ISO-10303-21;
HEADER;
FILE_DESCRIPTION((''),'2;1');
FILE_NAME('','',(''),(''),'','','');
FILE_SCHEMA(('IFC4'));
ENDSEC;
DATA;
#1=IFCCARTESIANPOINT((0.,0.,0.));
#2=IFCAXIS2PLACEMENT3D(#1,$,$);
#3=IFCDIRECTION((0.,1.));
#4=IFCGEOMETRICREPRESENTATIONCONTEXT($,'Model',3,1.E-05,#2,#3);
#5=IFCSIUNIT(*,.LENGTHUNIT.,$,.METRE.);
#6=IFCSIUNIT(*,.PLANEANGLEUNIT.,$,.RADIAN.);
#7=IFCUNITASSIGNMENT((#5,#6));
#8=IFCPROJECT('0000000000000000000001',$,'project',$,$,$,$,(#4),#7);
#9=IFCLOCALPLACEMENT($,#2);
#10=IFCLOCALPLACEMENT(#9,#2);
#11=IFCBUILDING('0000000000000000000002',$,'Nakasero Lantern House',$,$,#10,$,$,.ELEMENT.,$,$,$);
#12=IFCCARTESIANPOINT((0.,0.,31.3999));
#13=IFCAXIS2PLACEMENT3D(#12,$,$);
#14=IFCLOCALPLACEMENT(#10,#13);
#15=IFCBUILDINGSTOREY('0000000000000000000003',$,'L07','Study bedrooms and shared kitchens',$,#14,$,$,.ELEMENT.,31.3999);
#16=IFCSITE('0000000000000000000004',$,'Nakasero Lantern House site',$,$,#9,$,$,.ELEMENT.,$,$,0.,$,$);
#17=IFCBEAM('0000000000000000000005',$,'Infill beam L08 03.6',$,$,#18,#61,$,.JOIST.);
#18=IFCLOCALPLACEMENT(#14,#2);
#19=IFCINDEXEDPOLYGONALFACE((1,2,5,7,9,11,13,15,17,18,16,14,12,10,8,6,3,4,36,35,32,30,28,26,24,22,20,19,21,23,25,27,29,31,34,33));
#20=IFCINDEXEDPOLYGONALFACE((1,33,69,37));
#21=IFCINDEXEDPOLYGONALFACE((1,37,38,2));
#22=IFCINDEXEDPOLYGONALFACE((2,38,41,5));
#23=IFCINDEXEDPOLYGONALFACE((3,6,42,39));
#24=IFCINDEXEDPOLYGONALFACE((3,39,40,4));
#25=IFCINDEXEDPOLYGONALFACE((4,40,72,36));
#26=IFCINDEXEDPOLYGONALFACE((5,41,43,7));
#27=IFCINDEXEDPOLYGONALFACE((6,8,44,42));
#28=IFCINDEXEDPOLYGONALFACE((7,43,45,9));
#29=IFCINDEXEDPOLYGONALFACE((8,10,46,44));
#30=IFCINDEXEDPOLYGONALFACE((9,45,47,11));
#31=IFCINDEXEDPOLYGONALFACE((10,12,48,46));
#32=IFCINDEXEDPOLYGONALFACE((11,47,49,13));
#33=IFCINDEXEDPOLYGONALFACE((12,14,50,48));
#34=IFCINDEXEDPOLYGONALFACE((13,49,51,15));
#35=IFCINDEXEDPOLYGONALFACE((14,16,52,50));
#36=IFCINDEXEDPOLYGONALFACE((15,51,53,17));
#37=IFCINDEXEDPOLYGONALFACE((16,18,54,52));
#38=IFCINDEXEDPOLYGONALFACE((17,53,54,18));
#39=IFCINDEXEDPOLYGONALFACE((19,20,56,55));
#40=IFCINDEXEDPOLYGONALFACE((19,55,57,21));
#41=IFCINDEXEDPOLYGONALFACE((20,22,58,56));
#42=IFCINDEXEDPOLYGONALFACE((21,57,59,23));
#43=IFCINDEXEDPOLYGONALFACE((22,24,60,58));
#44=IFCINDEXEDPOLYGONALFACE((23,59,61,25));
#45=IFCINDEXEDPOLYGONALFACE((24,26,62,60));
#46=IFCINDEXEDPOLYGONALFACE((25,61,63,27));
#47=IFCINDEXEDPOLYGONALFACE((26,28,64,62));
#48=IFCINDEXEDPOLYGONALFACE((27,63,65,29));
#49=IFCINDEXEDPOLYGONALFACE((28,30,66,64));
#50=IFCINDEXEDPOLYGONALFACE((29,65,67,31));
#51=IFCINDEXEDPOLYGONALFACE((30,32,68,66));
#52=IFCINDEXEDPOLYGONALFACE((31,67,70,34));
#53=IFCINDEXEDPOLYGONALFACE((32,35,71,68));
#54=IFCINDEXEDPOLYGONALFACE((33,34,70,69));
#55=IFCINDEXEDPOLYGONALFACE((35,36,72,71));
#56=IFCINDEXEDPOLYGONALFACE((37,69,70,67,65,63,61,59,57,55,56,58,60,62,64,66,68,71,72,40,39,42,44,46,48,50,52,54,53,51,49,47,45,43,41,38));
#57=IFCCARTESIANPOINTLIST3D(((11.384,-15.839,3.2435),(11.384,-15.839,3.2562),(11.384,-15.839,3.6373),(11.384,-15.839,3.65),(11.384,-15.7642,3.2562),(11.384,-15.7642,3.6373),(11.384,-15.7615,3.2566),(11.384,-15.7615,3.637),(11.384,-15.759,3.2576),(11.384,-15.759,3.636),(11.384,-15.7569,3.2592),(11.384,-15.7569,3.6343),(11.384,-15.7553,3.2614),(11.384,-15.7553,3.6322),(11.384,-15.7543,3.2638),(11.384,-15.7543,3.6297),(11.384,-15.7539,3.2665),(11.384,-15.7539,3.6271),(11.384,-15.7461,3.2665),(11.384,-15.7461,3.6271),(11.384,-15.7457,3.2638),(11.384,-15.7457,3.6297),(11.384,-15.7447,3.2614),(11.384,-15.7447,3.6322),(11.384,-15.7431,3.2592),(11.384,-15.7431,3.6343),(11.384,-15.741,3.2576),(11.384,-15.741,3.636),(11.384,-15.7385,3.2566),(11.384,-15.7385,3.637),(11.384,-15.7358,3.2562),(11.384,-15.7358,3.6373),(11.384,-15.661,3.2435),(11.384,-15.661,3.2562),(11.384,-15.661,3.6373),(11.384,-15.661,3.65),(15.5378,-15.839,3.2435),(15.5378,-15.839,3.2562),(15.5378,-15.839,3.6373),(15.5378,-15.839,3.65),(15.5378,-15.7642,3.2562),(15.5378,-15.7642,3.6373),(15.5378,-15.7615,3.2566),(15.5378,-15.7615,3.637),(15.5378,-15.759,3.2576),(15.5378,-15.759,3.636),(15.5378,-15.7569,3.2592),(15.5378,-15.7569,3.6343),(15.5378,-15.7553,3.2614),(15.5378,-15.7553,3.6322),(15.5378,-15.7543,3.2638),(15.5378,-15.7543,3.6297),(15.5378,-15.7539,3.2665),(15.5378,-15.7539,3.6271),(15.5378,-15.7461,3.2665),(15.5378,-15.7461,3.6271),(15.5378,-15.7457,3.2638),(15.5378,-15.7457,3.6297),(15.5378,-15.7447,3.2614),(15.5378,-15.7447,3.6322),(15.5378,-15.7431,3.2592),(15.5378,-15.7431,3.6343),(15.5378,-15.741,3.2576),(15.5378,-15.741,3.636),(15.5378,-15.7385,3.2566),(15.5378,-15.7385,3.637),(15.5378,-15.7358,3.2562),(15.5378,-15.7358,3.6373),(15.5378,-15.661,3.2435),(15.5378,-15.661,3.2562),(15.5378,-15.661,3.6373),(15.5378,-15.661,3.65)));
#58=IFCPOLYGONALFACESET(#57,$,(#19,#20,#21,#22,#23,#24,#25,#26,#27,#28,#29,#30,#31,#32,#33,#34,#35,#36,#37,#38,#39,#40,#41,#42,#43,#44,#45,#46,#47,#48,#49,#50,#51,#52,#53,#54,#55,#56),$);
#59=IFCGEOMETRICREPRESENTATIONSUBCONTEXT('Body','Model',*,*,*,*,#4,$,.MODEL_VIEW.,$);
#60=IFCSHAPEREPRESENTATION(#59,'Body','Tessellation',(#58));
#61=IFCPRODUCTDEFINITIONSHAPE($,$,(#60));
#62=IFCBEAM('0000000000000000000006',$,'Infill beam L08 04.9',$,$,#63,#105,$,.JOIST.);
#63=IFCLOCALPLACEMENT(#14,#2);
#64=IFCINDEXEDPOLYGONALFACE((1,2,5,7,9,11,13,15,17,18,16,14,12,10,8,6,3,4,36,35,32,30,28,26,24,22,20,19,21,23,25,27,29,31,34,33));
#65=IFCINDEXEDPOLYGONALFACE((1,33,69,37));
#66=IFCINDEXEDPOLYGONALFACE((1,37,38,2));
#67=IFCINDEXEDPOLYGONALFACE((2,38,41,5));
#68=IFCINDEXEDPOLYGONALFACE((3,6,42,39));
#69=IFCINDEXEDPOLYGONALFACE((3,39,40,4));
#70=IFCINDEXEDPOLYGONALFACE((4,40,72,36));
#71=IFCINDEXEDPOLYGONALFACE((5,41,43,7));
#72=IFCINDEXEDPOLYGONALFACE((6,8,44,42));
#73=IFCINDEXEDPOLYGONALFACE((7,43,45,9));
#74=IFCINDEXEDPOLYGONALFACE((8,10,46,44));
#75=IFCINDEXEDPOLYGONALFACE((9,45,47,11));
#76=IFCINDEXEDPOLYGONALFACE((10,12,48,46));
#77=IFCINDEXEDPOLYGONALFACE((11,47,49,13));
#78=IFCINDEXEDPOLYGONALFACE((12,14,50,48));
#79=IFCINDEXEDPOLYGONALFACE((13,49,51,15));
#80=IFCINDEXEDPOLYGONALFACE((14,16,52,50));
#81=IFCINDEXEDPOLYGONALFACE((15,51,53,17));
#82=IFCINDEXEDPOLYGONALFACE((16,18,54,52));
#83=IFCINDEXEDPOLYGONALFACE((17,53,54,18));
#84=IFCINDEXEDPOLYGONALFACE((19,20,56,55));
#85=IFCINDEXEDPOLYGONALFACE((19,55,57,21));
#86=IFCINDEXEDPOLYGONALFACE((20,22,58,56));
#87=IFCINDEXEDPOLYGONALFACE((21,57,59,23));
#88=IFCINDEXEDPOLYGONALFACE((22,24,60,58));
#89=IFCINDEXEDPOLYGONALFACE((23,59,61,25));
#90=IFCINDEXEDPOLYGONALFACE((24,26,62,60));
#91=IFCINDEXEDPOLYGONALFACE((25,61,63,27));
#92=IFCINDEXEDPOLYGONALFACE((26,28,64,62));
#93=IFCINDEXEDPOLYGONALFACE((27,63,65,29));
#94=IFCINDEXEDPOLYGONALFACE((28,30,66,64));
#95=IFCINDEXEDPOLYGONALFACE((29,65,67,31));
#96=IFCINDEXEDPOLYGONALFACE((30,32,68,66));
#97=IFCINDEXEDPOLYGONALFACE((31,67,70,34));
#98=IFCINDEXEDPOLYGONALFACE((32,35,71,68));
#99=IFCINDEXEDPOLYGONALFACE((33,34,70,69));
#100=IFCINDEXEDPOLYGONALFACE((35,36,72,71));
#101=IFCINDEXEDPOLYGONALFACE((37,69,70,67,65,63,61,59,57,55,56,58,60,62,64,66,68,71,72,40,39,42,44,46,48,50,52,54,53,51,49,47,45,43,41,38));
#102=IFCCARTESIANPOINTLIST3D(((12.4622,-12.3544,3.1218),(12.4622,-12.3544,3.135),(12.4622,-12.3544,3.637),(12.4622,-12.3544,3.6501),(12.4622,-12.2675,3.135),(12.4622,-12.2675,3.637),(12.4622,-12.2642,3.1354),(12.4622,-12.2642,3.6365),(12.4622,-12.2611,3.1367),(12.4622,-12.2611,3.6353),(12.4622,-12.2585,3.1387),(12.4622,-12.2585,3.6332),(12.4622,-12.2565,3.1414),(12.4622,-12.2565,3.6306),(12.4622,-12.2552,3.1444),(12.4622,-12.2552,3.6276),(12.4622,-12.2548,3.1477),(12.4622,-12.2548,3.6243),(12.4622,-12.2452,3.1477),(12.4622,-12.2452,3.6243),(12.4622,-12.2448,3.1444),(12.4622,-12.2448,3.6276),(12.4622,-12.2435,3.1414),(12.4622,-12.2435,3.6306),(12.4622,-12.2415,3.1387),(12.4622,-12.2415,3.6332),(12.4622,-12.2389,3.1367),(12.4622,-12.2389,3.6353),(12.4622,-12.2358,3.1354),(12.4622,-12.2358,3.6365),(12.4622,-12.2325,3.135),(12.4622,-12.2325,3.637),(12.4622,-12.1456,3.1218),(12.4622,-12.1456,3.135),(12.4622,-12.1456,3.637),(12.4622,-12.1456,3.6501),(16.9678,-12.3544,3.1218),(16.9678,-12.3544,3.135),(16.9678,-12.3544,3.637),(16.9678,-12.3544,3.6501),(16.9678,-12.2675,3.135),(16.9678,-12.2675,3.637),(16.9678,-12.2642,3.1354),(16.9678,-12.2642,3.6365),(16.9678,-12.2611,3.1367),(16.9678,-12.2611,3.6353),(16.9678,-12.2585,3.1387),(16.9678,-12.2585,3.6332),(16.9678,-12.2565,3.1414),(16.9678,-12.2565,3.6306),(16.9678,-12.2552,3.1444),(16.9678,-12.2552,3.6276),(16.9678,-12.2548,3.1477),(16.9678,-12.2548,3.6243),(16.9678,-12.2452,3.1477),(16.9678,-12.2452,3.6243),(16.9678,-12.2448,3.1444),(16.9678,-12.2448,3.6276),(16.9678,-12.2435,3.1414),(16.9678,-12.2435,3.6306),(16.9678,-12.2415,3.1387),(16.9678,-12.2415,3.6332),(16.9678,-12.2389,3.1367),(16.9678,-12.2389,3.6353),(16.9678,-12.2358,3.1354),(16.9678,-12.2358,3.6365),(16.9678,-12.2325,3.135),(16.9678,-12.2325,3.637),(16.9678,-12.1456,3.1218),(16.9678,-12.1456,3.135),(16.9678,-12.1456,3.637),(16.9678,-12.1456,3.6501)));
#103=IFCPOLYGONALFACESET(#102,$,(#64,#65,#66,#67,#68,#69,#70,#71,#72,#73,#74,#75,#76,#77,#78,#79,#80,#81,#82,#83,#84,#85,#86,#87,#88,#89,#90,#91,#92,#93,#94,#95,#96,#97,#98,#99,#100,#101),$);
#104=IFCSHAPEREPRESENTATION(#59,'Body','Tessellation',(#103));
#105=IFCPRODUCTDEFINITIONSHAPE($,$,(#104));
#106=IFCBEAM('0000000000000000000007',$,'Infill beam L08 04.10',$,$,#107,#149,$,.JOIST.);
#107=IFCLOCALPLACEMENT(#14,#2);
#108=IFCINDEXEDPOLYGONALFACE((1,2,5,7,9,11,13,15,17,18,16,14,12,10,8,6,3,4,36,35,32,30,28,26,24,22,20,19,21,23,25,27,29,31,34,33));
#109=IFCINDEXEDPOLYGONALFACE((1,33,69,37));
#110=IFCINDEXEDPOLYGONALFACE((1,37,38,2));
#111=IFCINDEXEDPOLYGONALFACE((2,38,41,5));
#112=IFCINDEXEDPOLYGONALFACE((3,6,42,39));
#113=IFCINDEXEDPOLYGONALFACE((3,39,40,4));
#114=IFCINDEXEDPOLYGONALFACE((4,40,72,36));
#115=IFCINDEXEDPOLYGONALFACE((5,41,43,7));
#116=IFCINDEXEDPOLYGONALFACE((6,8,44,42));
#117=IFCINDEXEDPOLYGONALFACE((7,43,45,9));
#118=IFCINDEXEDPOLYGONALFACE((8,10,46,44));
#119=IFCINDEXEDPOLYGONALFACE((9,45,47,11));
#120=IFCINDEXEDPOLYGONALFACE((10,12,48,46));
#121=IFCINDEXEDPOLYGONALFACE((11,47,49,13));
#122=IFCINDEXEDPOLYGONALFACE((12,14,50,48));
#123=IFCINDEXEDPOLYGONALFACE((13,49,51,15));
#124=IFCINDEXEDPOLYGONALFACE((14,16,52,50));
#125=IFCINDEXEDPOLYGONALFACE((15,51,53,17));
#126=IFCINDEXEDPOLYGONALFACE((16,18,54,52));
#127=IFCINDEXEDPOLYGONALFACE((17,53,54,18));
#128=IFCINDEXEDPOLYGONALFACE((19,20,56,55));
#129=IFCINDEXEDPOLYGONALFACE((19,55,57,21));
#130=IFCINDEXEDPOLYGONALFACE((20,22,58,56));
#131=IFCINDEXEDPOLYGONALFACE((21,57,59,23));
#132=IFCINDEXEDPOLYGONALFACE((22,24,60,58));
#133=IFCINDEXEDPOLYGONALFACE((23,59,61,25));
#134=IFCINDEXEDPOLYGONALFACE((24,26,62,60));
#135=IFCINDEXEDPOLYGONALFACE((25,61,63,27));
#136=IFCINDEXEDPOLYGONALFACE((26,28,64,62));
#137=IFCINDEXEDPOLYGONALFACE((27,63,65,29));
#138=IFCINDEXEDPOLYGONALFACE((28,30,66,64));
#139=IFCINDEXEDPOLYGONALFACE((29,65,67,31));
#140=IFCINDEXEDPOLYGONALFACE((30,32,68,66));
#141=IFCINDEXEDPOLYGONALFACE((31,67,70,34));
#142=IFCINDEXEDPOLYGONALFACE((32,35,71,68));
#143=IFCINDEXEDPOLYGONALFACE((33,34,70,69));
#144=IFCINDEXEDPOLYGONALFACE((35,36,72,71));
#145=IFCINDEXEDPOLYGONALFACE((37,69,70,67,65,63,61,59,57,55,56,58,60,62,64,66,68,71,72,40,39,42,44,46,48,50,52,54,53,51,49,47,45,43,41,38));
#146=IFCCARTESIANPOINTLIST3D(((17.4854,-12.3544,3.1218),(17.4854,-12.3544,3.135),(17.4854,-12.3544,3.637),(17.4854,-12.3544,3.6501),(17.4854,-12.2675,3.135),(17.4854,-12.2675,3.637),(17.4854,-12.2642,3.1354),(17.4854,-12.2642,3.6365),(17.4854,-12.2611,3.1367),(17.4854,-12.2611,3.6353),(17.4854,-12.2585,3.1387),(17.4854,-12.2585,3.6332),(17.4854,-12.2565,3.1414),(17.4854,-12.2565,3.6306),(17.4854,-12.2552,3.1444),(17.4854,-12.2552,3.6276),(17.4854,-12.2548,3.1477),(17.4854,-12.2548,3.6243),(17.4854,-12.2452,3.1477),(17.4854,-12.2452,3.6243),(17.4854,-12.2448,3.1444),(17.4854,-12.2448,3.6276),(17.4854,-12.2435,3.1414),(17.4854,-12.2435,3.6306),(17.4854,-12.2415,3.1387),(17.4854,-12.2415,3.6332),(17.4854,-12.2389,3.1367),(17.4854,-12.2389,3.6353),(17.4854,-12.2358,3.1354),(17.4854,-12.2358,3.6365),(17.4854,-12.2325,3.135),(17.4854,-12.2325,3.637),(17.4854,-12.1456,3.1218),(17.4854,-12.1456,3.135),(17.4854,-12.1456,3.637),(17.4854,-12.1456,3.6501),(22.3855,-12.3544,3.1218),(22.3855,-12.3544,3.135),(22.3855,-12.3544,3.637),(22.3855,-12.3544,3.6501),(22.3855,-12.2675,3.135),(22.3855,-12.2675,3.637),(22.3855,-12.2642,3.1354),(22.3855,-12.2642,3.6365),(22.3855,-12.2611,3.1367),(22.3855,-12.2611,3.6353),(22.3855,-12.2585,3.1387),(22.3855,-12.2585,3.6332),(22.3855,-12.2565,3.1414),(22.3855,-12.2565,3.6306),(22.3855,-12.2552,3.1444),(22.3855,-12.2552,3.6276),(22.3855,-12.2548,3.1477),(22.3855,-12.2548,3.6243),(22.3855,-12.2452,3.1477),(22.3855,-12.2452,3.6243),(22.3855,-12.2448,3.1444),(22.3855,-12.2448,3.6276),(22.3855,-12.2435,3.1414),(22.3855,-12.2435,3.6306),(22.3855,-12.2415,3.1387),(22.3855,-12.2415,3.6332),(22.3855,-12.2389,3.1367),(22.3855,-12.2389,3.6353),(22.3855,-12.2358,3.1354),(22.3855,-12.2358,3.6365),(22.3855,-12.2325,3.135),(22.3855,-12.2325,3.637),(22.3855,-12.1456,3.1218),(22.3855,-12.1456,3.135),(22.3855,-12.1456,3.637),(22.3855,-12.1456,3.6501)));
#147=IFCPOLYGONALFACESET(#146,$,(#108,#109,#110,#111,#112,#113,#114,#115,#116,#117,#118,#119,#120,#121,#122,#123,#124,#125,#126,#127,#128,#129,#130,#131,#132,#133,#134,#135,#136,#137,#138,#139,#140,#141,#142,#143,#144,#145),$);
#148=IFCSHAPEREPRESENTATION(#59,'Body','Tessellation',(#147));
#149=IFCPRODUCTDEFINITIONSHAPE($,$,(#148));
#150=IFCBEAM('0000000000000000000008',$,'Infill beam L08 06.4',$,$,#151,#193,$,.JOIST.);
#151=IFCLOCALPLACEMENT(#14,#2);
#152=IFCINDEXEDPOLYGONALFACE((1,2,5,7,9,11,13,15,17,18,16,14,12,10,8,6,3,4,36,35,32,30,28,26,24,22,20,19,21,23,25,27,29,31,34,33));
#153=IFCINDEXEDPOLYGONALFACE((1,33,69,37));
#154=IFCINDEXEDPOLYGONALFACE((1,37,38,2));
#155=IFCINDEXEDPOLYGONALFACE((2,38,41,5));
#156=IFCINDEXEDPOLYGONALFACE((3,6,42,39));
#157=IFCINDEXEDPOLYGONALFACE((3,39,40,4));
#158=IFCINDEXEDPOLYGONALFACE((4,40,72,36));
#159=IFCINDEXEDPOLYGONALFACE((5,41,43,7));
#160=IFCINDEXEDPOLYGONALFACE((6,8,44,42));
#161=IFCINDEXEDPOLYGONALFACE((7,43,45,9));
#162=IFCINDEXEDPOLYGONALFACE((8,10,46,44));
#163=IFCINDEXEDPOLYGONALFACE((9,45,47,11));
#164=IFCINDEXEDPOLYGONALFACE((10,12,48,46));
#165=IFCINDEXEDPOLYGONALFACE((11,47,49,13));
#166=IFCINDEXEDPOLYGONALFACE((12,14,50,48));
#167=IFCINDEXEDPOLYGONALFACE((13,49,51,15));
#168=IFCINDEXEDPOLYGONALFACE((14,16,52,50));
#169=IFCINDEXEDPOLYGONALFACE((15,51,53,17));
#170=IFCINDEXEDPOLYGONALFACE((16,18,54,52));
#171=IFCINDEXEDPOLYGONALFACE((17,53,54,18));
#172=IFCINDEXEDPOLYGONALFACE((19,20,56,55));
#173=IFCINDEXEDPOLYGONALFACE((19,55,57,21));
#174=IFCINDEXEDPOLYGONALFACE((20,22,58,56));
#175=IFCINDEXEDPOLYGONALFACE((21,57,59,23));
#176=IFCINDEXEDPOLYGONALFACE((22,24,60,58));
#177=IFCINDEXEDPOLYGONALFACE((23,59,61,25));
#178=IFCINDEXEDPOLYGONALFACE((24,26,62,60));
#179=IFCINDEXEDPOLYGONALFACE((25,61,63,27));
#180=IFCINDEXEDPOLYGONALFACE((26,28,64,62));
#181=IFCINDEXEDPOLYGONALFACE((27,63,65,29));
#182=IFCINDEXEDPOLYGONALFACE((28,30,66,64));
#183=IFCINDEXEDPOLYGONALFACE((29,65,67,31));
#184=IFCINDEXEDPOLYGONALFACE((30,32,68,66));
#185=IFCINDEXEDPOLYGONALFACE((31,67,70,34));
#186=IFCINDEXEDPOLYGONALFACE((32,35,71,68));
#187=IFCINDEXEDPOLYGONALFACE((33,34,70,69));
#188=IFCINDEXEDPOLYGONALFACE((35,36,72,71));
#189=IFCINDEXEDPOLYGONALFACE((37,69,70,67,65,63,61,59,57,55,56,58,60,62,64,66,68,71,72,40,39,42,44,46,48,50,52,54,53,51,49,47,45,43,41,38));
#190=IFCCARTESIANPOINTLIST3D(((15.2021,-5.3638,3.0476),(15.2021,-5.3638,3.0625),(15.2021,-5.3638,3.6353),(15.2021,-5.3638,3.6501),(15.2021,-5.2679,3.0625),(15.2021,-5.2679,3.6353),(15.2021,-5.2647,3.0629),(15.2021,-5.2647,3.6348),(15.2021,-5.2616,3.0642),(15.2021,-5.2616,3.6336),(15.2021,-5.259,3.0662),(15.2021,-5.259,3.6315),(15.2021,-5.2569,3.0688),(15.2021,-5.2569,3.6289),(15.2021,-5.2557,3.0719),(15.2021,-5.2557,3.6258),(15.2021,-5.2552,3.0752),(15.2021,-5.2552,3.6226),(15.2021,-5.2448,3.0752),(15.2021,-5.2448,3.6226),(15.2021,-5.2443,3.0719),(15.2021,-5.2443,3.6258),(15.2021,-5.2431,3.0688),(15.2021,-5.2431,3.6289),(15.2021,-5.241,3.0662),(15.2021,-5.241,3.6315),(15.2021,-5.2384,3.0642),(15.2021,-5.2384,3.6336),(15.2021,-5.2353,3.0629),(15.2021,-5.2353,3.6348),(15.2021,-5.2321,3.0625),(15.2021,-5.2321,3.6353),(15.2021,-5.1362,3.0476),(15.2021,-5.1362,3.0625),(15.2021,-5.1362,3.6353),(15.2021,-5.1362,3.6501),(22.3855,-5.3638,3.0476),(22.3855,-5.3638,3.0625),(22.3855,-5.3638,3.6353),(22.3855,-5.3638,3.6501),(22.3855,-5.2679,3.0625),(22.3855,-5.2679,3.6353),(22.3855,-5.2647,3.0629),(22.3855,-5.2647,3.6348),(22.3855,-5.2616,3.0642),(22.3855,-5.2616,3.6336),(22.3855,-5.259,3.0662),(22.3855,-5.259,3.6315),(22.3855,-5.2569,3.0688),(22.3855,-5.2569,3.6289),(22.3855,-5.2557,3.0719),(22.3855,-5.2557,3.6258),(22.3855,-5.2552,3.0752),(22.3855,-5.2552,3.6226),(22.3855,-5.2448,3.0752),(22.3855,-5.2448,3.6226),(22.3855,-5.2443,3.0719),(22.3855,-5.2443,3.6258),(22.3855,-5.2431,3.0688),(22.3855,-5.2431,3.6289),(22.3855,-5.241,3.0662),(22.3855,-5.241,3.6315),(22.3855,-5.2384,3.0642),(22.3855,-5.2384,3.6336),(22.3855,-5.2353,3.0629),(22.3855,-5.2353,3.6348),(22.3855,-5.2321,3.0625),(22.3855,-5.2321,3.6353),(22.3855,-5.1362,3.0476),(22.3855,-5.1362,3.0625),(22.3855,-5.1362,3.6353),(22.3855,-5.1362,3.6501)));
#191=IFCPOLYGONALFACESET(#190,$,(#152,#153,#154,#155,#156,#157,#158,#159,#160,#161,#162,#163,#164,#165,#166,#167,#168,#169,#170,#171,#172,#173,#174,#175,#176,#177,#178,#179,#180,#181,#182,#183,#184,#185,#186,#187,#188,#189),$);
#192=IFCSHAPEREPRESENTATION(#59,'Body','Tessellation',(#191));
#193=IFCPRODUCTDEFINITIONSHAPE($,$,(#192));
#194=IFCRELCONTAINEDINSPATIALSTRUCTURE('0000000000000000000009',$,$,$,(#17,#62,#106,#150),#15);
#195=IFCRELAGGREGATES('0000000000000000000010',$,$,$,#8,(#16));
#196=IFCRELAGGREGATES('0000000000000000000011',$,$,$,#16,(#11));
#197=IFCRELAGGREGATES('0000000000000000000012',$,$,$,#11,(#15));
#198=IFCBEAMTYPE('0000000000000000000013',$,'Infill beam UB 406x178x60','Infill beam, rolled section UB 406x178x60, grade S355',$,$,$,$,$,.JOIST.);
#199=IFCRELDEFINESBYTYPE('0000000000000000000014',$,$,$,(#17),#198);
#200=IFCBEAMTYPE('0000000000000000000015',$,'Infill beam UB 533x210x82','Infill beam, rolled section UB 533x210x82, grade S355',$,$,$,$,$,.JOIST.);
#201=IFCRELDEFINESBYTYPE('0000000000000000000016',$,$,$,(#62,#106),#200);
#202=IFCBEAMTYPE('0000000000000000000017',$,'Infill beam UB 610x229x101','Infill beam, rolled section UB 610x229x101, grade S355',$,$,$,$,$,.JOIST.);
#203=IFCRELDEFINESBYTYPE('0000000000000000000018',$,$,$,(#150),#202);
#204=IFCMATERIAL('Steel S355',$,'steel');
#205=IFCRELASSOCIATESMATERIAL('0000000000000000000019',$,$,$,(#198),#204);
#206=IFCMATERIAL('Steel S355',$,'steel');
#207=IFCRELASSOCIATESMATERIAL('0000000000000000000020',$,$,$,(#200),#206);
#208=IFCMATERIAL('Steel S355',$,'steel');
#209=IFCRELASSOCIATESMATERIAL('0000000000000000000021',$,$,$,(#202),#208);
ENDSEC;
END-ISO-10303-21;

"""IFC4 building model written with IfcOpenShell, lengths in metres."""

from ifc_helpers import new_model, si_unit, direction, frame, origin, origin_2d, place, context, subcontext, project, spatial, i_section, extrude, material, material_profile, profile_set, type_object, element, save


model = new_model("IFC4")

# Units and contexts
model_context = context("Model", 3, precision=1e-05, world=origin(), true_north=direction((0.0, 1.0)))
body_context = subcontext(model_context, "Body", "Model", "MODEL_VIEW")
ifc_project = project(units=[si_unit("LENGTHUNIT", "METRE"), si_unit("PLANEANGLEUNIT", "RADIAN")], contexts=[model_context])

# Site, building, storey
site_placement = place(None, origin())
site = spatial("IfcSite", under=ifc_project, at=site_placement, Name="Nakasero Lantern House site", CompositionType="ELEMENT", RefElevation=0.0)
building_placement = place(site_placement, origin())
building = spatial("IfcBuilding", under=site, at=building_placement, Name="Nakasero Lantern House", CompositionType="ELEMENT")
storey_placement = place(building_placement, frame((0.0, 0.0, 31.3999)))
storey = spatial("IfcBuildingStorey", under=building, at=storey_placement, Name="L07", Description="Study bedrooms and shared kitchens", CompositionType="ELEMENT", Elevation=31.3999)

# Beams
ifc_material_1 = material(Name="Steel S355", Category="steel")
ifc_material_profile_1 = material_profile(ifc_material_1, i_section(OverallWidth=0.178, OverallDepth=0.4065, WebThickness=0.0078, FlangeThickness=0.0127, FilletRadius=0.0103, at=origin_2d()), Name="UB 406x178x60")
ifc_profile_set_1 = profile_set([ifc_material_profile_1], Name="Steel S355")
beam_type_1 = type_object("IfcBeamType", Name="Infill beam UB 406x178x60", Description="Infill beam, rolled section UB 406x178x60, grade S355", PredefinedType="JOIST", material=ifc_profile_set_1)
beam_1_placement = place(storey_placement, frame((11.384, -15.75, 3.4468), z_axis=(1.0, 0.0, 0.0), x_axis=(0.0, 1.0, 0.0)))
element("IfcBeam", 1, at=beam_1_placement, inside=storey, type_object=beam_type_1, Name="Infill beam L08 03.6", PredefinedType="JOIST", context=body_context, shape_type="SweptSolid", body=[
    extrude(i_section(OverallWidth=0.178, OverallDepth=0.4065, WebThickness=0.0078, FlangeThickness=0.0127, FilletRadius=0.0103, at=origin_2d()), origin(), (0.0, 0.0, 1.0), 4.1538),
])
ifc_material_2 = material(Name="Steel S355", Category="steel")
ifc_material_profile_2 = material_profile(ifc_material_2, i_section(OverallWidth=0.2087, OverallDepth=0.5283, WebThickness=0.0095, FlangeThickness=0.0132, FilletRadius=0.0127, at=origin_2d()), Name="UB 533x210x82")
ifc_profile_set_2 = profile_set([ifc_material_profile_2], Name="Steel S355")
beam_type_2 = type_object("IfcBeamType", Name="Infill beam UB 533x210x82", Description="Infill beam, rolled section UB 533x210x82, grade S355", PredefinedType="JOIST", material=ifc_profile_set_2)
beam_2_placement = place(storey_placement, frame((12.4622, -12.25, 3.386), z_axis=(1.0, 0.0, 0.0), x_axis=(0.0, 1.0, 0.0)))
element("IfcBeam", 2, at=beam_2_placement, inside=storey, type_object=beam_type_2, Name="Infill beam L08 04.9", PredefinedType="JOIST", context=body_context, shape_type="SweptSolid", body=[
    extrude(i_section(OverallWidth=0.2087, OverallDepth=0.5283, WebThickness=0.0095, FlangeThickness=0.0132, FilletRadius=0.0127, at=origin_2d()), origin(), (0.0, 0.0, 1.0), 4.5056),
])
beam_3_placement = place(storey_placement, frame((17.4854, -12.25, 3.386), z_axis=(1.0, 0.0, 0.0), x_axis=(0.0, 1.0, 0.0)))
element("IfcBeam", 3, at=beam_3_placement, inside=storey, type_object=beam_type_2, Name="Infill beam L08 04.10", PredefinedType="JOIST", context=body_context, shape_type="SweptSolid", body=[
    extrude(i_section(OverallWidth=0.2087, OverallDepth=0.5283, WebThickness=0.0095, FlangeThickness=0.0132, FilletRadius=0.0127, at=origin_2d()), origin(), (0.0, 0.0, 1.0), 4.9001),
])
ifc_material_3 = material(Name="Steel S355", Category="steel")
ifc_material_profile_3 = material_profile(ifc_material_3, i_section(OverallWidth=0.2275, OverallDepth=0.6025, WebThickness=0.0105, FlangeThickness=0.0149, FilletRadius=0.0127, at=origin_2d()), Name="UB 610x229x101")
ifc_profile_set_3 = profile_set([ifc_material_profile_3], Name="Steel S355")
beam_type_3 = type_object("IfcBeamType", Name="Infill beam UB 610x229x101", Description="Infill beam, rolled section UB 610x229x101, grade S355", PredefinedType="JOIST", material=ifc_profile_set_3)
beam_4_placement = place(storey_placement, frame((15.2021, -5.25, 3.3489), z_axis=(1.0, 0.0, 0.0), x_axis=(0.0, 1.0, 0.0)))
element("IfcBeam", 4, at=beam_4_placement, inside=storey, type_object=beam_type_3, Name="Infill beam L08 06.4", PredefinedType="JOIST", context=body_context, shape_type="SweptSolid", body=[
    extrude(i_section(OverallWidth=0.2275, OverallDepth=0.6025, WebThickness=0.0105, FlangeThickness=0.0149, FilletRadius=0.0127, at=origin_2d()), origin(), (0.0, 0.0, 1.0), 7.1833),
])

save(model, "model.ifc")
